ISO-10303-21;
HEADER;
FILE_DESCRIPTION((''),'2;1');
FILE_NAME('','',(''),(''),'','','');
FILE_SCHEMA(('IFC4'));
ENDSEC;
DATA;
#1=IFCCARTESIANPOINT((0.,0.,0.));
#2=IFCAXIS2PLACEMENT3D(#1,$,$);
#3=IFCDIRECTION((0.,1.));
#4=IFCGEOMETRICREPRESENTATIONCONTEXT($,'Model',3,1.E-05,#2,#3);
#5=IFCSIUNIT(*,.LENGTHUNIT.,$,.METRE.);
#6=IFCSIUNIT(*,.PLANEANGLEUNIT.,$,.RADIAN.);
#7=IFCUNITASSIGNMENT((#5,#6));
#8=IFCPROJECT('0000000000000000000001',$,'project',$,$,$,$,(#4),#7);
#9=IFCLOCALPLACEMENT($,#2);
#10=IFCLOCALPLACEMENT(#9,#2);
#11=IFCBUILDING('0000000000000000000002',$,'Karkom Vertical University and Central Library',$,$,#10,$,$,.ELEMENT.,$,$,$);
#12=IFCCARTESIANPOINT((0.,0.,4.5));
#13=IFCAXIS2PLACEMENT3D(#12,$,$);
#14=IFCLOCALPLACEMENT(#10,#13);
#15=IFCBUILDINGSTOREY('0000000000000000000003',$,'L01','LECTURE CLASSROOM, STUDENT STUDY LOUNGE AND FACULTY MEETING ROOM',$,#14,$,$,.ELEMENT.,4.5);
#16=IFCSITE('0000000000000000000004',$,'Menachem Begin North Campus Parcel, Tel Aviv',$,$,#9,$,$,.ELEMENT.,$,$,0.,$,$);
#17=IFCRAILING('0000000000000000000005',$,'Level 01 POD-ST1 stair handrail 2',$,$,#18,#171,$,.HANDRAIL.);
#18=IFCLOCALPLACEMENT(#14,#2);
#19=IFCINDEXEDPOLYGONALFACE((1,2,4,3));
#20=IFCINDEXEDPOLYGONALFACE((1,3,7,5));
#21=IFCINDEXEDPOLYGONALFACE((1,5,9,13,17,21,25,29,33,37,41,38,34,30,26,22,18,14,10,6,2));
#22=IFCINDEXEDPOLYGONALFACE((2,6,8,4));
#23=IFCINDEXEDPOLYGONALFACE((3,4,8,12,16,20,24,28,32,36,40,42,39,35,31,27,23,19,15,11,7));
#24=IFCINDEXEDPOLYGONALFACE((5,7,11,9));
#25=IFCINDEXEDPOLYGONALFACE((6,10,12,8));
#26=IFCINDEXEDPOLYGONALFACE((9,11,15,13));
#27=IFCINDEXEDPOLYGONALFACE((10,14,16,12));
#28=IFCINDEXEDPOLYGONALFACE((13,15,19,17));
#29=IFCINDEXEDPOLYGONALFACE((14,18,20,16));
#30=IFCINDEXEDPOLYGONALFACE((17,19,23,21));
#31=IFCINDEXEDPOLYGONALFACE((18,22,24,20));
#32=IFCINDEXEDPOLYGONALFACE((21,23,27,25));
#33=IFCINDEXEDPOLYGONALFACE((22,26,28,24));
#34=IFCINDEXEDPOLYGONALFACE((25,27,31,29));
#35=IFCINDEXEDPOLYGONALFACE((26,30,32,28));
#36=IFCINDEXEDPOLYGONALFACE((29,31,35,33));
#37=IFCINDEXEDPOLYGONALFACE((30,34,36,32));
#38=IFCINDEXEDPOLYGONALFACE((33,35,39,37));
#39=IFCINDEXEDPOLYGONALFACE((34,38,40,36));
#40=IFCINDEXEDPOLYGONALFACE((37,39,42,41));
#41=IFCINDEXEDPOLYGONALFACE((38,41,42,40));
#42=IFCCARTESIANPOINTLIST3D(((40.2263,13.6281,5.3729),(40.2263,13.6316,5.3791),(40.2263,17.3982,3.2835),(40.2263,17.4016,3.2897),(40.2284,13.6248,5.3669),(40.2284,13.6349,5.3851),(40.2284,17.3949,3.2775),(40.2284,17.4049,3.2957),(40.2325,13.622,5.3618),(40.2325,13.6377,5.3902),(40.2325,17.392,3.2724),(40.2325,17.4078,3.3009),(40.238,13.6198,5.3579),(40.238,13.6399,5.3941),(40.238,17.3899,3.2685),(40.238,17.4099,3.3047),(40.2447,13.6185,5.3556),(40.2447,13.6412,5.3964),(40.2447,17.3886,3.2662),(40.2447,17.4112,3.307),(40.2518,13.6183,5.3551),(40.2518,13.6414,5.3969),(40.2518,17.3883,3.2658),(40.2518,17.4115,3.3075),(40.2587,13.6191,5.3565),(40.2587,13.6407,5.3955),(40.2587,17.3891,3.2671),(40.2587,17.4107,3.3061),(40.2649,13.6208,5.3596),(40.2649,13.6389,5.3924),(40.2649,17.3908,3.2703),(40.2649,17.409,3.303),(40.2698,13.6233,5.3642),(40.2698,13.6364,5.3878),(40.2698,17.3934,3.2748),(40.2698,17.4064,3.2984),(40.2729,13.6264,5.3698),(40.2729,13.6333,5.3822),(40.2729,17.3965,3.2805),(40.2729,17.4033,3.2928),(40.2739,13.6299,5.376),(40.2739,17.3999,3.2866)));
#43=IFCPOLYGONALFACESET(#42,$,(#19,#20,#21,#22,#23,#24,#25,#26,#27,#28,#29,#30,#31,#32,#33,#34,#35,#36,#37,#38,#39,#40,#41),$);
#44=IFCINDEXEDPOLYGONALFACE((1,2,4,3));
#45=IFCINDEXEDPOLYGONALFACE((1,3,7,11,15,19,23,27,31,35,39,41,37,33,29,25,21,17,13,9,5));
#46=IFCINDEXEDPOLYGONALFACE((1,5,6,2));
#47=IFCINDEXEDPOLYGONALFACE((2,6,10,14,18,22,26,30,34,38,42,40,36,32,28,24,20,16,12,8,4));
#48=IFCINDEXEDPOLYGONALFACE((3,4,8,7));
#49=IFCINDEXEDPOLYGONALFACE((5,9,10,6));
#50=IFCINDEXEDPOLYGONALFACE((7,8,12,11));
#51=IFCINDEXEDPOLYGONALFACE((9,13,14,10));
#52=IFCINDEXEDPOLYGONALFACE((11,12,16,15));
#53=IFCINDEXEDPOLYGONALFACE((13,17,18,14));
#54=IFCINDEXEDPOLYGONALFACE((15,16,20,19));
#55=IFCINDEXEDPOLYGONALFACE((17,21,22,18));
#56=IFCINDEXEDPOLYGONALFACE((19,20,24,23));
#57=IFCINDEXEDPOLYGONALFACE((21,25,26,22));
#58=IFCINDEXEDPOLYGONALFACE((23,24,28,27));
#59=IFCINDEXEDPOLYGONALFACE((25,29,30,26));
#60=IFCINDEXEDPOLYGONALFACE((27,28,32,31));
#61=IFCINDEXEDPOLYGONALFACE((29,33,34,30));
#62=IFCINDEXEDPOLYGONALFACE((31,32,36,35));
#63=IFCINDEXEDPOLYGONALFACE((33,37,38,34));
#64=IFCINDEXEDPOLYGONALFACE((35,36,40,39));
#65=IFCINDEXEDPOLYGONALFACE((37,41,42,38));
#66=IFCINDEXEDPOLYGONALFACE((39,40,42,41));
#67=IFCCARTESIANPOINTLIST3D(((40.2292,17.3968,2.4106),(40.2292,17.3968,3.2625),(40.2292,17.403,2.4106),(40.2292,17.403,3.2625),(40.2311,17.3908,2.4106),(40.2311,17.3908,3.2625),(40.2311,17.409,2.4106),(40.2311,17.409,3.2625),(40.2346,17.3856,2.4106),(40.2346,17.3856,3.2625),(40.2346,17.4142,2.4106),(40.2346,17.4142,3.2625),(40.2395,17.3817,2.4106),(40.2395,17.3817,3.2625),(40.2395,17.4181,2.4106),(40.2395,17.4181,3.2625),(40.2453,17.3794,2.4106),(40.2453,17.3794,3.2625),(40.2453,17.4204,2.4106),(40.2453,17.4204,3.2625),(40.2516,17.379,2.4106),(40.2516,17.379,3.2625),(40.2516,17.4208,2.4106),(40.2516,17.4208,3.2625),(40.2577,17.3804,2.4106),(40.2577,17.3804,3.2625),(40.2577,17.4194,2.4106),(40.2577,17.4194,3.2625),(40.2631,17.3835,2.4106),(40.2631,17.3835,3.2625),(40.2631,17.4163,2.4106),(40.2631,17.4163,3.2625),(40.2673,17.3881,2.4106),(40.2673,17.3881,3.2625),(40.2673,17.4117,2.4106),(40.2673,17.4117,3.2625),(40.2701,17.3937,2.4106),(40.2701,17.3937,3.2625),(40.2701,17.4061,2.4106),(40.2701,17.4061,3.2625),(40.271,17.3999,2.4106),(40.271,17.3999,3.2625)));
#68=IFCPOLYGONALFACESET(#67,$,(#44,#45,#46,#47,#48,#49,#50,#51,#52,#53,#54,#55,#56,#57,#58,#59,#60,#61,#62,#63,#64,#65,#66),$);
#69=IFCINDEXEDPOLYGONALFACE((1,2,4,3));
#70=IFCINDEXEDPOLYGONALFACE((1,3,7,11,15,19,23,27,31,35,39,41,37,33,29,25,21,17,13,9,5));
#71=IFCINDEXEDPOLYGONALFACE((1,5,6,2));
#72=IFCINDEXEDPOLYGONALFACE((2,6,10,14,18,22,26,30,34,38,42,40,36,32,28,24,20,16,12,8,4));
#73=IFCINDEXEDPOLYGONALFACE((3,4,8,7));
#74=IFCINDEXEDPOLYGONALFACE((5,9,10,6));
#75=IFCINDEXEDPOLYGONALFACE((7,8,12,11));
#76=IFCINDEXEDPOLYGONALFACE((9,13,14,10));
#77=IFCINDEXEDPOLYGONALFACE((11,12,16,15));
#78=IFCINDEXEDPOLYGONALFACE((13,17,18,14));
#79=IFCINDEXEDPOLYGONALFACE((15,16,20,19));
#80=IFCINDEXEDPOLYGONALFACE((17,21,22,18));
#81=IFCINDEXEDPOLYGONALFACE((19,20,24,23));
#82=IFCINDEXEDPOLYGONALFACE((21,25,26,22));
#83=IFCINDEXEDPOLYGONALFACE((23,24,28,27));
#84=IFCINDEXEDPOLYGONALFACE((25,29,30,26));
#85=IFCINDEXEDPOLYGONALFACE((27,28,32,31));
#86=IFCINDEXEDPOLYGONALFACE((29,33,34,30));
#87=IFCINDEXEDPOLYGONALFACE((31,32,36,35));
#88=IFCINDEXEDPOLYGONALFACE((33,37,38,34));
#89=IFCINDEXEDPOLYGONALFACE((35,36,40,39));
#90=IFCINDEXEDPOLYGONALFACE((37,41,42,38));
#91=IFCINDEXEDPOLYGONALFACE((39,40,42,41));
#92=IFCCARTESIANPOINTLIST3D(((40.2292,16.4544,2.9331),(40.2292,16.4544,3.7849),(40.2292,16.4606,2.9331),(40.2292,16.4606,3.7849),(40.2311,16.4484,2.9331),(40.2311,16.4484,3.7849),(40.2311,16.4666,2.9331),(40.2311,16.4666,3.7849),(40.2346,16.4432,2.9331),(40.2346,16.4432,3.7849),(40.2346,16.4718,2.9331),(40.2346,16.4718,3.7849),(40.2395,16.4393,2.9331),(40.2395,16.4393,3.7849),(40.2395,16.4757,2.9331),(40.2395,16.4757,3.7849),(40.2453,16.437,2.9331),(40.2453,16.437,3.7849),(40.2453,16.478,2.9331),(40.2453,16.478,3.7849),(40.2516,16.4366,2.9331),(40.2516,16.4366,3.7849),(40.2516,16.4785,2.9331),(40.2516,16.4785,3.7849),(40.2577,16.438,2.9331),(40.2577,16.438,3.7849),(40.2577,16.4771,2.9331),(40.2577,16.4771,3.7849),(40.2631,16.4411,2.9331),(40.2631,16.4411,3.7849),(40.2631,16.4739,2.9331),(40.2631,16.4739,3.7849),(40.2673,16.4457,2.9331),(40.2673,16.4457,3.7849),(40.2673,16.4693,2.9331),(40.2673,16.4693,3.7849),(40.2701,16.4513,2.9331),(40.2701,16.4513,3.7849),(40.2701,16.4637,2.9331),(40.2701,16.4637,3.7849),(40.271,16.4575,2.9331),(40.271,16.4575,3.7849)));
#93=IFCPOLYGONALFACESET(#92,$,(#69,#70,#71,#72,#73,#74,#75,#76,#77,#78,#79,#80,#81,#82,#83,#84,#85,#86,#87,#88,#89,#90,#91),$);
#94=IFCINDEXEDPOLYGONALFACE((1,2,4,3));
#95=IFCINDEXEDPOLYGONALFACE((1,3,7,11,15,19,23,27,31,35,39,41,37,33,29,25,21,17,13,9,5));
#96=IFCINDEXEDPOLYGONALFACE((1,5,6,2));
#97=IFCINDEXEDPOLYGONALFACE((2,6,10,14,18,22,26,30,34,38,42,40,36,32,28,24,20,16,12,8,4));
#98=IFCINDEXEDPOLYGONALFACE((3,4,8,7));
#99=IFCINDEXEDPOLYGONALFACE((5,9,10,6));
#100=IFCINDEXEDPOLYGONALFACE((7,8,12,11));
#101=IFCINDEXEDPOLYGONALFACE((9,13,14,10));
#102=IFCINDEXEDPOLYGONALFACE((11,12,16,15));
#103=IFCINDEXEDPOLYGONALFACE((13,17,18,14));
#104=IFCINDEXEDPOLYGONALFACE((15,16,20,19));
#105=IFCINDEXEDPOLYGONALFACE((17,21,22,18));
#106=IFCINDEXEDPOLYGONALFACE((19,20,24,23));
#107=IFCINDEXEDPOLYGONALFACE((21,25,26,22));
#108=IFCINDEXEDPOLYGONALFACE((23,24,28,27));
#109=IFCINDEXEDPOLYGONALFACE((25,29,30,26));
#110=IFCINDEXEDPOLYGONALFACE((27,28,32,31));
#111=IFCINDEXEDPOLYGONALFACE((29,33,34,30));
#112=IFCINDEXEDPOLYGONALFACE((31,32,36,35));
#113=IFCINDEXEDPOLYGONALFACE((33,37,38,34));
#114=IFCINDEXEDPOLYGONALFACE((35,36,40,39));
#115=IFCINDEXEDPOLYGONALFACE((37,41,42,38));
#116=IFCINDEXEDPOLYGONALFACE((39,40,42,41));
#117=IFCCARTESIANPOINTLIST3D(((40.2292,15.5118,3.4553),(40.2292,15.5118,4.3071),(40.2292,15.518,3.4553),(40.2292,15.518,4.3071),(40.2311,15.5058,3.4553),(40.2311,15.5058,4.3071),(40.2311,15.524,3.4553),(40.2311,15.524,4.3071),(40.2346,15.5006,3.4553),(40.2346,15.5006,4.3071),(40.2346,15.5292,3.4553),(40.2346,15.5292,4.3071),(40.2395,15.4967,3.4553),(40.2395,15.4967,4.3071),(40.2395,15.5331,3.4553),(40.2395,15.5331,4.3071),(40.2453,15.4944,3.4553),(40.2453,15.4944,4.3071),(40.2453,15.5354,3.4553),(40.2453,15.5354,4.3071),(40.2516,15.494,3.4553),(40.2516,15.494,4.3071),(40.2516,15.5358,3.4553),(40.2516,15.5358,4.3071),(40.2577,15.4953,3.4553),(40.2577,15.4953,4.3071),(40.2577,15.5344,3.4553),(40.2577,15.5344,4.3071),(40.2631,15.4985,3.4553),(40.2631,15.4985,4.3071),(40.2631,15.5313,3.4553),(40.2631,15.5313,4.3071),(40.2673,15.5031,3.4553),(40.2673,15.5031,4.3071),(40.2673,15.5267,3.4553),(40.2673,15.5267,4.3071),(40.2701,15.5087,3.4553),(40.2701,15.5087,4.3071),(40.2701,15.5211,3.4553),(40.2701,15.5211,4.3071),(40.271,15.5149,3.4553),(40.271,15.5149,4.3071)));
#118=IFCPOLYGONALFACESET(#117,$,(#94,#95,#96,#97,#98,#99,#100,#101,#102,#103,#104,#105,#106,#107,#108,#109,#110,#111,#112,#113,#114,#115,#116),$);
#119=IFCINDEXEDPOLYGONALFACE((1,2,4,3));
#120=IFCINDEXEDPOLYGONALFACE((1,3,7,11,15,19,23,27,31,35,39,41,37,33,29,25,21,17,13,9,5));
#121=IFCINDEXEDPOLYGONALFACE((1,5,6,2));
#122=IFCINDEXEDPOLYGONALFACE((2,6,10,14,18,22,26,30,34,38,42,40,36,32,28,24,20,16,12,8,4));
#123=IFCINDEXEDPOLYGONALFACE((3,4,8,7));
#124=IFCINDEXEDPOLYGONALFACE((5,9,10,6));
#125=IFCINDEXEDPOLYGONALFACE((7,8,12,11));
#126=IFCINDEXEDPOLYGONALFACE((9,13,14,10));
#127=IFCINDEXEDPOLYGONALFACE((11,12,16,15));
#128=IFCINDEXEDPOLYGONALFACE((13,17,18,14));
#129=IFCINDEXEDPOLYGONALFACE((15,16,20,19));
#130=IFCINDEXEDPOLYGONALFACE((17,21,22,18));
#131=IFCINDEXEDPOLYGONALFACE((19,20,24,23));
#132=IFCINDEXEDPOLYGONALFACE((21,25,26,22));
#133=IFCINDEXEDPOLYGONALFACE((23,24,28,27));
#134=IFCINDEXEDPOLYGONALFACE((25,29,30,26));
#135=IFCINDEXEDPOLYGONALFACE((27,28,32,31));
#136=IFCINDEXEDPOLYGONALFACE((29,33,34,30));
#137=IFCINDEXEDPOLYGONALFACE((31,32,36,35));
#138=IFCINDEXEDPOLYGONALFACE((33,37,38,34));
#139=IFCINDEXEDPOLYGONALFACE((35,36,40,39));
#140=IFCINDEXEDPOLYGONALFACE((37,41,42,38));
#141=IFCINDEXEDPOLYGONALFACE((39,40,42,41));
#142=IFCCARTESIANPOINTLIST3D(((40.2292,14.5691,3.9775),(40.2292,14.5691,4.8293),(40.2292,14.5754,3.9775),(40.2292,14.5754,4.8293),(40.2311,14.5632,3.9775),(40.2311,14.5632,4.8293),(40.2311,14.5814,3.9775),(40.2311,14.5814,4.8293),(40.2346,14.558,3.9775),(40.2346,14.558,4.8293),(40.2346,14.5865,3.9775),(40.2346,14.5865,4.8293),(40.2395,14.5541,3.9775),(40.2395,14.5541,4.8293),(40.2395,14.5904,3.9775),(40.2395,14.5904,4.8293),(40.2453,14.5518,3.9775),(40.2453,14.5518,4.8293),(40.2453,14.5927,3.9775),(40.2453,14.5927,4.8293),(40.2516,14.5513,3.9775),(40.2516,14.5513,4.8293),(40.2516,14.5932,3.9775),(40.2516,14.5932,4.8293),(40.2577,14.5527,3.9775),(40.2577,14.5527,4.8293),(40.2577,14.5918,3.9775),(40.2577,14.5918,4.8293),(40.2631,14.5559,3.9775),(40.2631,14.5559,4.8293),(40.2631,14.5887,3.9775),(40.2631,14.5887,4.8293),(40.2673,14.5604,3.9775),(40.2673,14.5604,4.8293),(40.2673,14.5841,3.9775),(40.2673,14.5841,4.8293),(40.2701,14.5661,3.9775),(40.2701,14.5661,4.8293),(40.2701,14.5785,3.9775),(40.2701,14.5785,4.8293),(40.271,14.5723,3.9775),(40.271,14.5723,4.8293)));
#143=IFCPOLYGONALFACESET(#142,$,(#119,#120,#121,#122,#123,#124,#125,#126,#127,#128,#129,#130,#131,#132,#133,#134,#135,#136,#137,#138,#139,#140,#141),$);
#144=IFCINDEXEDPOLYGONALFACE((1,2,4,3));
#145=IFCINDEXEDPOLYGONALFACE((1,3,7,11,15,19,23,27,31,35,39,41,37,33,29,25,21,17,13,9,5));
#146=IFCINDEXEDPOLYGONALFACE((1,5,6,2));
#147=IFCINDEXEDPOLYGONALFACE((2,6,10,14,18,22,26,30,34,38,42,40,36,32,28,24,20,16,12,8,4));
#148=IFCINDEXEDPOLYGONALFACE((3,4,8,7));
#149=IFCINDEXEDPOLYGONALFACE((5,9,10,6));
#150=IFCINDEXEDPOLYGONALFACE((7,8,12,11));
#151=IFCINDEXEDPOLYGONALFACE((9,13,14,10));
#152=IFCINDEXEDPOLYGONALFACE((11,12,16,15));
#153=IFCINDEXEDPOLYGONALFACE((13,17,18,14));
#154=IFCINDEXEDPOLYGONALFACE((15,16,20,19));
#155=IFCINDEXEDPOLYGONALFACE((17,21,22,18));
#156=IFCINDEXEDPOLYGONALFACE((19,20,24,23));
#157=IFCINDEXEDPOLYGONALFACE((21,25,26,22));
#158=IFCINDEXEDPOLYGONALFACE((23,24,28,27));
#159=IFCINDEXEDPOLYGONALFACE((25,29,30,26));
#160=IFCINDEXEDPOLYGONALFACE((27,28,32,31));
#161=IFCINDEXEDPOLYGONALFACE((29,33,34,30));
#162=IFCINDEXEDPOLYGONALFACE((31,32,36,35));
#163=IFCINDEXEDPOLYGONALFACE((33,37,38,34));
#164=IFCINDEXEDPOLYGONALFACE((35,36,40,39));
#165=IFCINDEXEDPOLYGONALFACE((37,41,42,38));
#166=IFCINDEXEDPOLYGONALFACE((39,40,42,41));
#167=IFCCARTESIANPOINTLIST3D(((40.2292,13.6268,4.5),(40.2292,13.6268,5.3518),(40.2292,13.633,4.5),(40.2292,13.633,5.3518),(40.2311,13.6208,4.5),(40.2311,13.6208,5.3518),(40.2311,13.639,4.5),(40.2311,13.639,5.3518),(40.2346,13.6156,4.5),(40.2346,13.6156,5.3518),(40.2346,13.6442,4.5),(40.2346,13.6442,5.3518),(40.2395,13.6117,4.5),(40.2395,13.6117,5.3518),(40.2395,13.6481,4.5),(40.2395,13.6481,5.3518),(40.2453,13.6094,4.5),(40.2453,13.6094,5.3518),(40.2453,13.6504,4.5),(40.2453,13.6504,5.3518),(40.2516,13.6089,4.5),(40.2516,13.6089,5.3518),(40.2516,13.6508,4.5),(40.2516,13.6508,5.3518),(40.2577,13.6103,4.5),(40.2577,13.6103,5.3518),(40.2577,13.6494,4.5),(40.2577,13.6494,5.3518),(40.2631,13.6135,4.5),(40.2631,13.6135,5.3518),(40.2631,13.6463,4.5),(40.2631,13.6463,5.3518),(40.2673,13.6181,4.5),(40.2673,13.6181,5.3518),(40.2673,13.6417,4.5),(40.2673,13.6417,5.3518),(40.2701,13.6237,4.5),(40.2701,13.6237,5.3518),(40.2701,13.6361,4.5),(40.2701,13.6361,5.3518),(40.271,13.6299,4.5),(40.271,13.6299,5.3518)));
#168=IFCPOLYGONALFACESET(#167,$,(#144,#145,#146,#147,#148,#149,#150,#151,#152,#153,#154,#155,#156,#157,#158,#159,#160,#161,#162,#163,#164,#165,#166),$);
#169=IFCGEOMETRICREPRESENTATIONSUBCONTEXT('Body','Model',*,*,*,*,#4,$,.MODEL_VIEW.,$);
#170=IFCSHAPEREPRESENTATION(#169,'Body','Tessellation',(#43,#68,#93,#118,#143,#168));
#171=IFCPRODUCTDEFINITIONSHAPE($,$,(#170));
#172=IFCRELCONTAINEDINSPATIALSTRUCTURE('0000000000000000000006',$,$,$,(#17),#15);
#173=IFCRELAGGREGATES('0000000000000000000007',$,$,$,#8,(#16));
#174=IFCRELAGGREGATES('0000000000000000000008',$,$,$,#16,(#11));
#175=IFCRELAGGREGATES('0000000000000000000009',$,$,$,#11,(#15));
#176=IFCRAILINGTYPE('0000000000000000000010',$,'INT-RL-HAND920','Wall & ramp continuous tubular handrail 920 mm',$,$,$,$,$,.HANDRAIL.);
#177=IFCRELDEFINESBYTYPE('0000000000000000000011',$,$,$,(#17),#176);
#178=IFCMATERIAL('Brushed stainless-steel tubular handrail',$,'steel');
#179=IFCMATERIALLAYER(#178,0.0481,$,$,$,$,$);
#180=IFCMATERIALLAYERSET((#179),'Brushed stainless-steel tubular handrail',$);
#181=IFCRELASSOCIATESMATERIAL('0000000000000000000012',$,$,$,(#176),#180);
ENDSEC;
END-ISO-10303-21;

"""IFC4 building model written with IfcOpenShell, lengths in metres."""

from ifc_helpers import new_model, si_unit, direction, frame, origin, origin_2d, place, context, subcontext, project, spatial, circle, extrude, material, layer, layer_set, type_object, element, save


model = new_model("IFC4")

# Units and contexts
model_context = context("Model", 3, precision=1e-05, world=origin(), true_north=direction((0.0, 1.0)))
body_context = subcontext(model_context, "Body", "Model", "MODEL_VIEW")
ifc_project = project(units=[si_unit("LENGTHUNIT", "METRE"), si_unit("PLANEANGLEUNIT", "RADIAN")], contexts=[model_context])

# Site, building, storey
site_placement = place(None, origin())
site = spatial("IfcSite", under=ifc_project, at=site_placement, Name="Menachem Begin North Campus Parcel, Tel Aviv", CompositionType="ELEMENT", RefElevation=0.0)
building_placement = place(site_placement, origin())
building = spatial("IfcBuilding", under=site, at=building_placement, Name="Karkom Vertical University and Central Library", CompositionType="ELEMENT")
storey_placement = place(building_placement, frame((0.0, 0.0, 4.5)))
storey = spatial("IfcBuildingStorey", under=building, at=storey_placement, Name="L01", Description="LECTURE CLASSROOM, STUDENT STUDY LOUNGE AND FACULTY MEETING ROOM", CompositionType="ELEMENT", Elevation=4.5)

# Railing
ifc_material_1 = material(Name="Brushed stainless-steel tubular handrail", Category="steel")
ifc_layer_1 = layer(ifc_material_1, 0.0481)
ifc_layer_set_1 = layer_set([ifc_layer_1], Name="Brushed stainless-steel tubular handrail")
railing_type_1 = type_object("IfcRailingType", Name="INT-RL-HAND920", Description="Wall & ramp continuous tubular handrail 920 mm", PredefinedType="HANDRAIL", material=ifc_layer_set_1)
railing_1_placement = place(storey_placement, frame((40.25, 17.3999, 2.4106)))
element("IfcRailing", 1, at=railing_1_placement, inside=storey, type_object=railing_type_1, Name="Level 01 POD-ST1 stair handrail 2", PredefinedType="HANDRAIL", context=body_context, shape_type="SweptSolid", body=[
    extrude(circle(Radius=0.0239, at=origin_2d()), frame((0.0, 0.0, 0.876), z_axis=(0.0, -0.874659, 0.484739), x_axis=(1.0, 0.0, 0.0)), (0.0, 0.0, 1.0), 4.3103),
    extrude(circle(Radius=0.021, at=origin_2d()), origin(), (0.0, 0.0, 1.0), 0.8518),
    extrude(circle(Radius=0.021, at=origin_2d()), frame((0.0, -0.9424, 0.5225)), (0.0, 0.0, 1.0), 0.8518),
    extrude(circle(Radius=0.021, at=origin_2d()), frame((0.0, -1.885, 1.0447)), (0.0, 0.0, 1.0), 0.8518),
    extrude(circle(Radius=0.021, at=origin_2d()), frame((0.0, -2.8276, 1.5669)), (0.0, 0.0, 1.0), 0.8518),
    extrude(circle(Radius=0.021, at=origin_2d()), frame((0.0, -3.77, 2.0894)), (0.0, 0.0, 1.0), 0.8518),
])

save(model, "model.ifc")
